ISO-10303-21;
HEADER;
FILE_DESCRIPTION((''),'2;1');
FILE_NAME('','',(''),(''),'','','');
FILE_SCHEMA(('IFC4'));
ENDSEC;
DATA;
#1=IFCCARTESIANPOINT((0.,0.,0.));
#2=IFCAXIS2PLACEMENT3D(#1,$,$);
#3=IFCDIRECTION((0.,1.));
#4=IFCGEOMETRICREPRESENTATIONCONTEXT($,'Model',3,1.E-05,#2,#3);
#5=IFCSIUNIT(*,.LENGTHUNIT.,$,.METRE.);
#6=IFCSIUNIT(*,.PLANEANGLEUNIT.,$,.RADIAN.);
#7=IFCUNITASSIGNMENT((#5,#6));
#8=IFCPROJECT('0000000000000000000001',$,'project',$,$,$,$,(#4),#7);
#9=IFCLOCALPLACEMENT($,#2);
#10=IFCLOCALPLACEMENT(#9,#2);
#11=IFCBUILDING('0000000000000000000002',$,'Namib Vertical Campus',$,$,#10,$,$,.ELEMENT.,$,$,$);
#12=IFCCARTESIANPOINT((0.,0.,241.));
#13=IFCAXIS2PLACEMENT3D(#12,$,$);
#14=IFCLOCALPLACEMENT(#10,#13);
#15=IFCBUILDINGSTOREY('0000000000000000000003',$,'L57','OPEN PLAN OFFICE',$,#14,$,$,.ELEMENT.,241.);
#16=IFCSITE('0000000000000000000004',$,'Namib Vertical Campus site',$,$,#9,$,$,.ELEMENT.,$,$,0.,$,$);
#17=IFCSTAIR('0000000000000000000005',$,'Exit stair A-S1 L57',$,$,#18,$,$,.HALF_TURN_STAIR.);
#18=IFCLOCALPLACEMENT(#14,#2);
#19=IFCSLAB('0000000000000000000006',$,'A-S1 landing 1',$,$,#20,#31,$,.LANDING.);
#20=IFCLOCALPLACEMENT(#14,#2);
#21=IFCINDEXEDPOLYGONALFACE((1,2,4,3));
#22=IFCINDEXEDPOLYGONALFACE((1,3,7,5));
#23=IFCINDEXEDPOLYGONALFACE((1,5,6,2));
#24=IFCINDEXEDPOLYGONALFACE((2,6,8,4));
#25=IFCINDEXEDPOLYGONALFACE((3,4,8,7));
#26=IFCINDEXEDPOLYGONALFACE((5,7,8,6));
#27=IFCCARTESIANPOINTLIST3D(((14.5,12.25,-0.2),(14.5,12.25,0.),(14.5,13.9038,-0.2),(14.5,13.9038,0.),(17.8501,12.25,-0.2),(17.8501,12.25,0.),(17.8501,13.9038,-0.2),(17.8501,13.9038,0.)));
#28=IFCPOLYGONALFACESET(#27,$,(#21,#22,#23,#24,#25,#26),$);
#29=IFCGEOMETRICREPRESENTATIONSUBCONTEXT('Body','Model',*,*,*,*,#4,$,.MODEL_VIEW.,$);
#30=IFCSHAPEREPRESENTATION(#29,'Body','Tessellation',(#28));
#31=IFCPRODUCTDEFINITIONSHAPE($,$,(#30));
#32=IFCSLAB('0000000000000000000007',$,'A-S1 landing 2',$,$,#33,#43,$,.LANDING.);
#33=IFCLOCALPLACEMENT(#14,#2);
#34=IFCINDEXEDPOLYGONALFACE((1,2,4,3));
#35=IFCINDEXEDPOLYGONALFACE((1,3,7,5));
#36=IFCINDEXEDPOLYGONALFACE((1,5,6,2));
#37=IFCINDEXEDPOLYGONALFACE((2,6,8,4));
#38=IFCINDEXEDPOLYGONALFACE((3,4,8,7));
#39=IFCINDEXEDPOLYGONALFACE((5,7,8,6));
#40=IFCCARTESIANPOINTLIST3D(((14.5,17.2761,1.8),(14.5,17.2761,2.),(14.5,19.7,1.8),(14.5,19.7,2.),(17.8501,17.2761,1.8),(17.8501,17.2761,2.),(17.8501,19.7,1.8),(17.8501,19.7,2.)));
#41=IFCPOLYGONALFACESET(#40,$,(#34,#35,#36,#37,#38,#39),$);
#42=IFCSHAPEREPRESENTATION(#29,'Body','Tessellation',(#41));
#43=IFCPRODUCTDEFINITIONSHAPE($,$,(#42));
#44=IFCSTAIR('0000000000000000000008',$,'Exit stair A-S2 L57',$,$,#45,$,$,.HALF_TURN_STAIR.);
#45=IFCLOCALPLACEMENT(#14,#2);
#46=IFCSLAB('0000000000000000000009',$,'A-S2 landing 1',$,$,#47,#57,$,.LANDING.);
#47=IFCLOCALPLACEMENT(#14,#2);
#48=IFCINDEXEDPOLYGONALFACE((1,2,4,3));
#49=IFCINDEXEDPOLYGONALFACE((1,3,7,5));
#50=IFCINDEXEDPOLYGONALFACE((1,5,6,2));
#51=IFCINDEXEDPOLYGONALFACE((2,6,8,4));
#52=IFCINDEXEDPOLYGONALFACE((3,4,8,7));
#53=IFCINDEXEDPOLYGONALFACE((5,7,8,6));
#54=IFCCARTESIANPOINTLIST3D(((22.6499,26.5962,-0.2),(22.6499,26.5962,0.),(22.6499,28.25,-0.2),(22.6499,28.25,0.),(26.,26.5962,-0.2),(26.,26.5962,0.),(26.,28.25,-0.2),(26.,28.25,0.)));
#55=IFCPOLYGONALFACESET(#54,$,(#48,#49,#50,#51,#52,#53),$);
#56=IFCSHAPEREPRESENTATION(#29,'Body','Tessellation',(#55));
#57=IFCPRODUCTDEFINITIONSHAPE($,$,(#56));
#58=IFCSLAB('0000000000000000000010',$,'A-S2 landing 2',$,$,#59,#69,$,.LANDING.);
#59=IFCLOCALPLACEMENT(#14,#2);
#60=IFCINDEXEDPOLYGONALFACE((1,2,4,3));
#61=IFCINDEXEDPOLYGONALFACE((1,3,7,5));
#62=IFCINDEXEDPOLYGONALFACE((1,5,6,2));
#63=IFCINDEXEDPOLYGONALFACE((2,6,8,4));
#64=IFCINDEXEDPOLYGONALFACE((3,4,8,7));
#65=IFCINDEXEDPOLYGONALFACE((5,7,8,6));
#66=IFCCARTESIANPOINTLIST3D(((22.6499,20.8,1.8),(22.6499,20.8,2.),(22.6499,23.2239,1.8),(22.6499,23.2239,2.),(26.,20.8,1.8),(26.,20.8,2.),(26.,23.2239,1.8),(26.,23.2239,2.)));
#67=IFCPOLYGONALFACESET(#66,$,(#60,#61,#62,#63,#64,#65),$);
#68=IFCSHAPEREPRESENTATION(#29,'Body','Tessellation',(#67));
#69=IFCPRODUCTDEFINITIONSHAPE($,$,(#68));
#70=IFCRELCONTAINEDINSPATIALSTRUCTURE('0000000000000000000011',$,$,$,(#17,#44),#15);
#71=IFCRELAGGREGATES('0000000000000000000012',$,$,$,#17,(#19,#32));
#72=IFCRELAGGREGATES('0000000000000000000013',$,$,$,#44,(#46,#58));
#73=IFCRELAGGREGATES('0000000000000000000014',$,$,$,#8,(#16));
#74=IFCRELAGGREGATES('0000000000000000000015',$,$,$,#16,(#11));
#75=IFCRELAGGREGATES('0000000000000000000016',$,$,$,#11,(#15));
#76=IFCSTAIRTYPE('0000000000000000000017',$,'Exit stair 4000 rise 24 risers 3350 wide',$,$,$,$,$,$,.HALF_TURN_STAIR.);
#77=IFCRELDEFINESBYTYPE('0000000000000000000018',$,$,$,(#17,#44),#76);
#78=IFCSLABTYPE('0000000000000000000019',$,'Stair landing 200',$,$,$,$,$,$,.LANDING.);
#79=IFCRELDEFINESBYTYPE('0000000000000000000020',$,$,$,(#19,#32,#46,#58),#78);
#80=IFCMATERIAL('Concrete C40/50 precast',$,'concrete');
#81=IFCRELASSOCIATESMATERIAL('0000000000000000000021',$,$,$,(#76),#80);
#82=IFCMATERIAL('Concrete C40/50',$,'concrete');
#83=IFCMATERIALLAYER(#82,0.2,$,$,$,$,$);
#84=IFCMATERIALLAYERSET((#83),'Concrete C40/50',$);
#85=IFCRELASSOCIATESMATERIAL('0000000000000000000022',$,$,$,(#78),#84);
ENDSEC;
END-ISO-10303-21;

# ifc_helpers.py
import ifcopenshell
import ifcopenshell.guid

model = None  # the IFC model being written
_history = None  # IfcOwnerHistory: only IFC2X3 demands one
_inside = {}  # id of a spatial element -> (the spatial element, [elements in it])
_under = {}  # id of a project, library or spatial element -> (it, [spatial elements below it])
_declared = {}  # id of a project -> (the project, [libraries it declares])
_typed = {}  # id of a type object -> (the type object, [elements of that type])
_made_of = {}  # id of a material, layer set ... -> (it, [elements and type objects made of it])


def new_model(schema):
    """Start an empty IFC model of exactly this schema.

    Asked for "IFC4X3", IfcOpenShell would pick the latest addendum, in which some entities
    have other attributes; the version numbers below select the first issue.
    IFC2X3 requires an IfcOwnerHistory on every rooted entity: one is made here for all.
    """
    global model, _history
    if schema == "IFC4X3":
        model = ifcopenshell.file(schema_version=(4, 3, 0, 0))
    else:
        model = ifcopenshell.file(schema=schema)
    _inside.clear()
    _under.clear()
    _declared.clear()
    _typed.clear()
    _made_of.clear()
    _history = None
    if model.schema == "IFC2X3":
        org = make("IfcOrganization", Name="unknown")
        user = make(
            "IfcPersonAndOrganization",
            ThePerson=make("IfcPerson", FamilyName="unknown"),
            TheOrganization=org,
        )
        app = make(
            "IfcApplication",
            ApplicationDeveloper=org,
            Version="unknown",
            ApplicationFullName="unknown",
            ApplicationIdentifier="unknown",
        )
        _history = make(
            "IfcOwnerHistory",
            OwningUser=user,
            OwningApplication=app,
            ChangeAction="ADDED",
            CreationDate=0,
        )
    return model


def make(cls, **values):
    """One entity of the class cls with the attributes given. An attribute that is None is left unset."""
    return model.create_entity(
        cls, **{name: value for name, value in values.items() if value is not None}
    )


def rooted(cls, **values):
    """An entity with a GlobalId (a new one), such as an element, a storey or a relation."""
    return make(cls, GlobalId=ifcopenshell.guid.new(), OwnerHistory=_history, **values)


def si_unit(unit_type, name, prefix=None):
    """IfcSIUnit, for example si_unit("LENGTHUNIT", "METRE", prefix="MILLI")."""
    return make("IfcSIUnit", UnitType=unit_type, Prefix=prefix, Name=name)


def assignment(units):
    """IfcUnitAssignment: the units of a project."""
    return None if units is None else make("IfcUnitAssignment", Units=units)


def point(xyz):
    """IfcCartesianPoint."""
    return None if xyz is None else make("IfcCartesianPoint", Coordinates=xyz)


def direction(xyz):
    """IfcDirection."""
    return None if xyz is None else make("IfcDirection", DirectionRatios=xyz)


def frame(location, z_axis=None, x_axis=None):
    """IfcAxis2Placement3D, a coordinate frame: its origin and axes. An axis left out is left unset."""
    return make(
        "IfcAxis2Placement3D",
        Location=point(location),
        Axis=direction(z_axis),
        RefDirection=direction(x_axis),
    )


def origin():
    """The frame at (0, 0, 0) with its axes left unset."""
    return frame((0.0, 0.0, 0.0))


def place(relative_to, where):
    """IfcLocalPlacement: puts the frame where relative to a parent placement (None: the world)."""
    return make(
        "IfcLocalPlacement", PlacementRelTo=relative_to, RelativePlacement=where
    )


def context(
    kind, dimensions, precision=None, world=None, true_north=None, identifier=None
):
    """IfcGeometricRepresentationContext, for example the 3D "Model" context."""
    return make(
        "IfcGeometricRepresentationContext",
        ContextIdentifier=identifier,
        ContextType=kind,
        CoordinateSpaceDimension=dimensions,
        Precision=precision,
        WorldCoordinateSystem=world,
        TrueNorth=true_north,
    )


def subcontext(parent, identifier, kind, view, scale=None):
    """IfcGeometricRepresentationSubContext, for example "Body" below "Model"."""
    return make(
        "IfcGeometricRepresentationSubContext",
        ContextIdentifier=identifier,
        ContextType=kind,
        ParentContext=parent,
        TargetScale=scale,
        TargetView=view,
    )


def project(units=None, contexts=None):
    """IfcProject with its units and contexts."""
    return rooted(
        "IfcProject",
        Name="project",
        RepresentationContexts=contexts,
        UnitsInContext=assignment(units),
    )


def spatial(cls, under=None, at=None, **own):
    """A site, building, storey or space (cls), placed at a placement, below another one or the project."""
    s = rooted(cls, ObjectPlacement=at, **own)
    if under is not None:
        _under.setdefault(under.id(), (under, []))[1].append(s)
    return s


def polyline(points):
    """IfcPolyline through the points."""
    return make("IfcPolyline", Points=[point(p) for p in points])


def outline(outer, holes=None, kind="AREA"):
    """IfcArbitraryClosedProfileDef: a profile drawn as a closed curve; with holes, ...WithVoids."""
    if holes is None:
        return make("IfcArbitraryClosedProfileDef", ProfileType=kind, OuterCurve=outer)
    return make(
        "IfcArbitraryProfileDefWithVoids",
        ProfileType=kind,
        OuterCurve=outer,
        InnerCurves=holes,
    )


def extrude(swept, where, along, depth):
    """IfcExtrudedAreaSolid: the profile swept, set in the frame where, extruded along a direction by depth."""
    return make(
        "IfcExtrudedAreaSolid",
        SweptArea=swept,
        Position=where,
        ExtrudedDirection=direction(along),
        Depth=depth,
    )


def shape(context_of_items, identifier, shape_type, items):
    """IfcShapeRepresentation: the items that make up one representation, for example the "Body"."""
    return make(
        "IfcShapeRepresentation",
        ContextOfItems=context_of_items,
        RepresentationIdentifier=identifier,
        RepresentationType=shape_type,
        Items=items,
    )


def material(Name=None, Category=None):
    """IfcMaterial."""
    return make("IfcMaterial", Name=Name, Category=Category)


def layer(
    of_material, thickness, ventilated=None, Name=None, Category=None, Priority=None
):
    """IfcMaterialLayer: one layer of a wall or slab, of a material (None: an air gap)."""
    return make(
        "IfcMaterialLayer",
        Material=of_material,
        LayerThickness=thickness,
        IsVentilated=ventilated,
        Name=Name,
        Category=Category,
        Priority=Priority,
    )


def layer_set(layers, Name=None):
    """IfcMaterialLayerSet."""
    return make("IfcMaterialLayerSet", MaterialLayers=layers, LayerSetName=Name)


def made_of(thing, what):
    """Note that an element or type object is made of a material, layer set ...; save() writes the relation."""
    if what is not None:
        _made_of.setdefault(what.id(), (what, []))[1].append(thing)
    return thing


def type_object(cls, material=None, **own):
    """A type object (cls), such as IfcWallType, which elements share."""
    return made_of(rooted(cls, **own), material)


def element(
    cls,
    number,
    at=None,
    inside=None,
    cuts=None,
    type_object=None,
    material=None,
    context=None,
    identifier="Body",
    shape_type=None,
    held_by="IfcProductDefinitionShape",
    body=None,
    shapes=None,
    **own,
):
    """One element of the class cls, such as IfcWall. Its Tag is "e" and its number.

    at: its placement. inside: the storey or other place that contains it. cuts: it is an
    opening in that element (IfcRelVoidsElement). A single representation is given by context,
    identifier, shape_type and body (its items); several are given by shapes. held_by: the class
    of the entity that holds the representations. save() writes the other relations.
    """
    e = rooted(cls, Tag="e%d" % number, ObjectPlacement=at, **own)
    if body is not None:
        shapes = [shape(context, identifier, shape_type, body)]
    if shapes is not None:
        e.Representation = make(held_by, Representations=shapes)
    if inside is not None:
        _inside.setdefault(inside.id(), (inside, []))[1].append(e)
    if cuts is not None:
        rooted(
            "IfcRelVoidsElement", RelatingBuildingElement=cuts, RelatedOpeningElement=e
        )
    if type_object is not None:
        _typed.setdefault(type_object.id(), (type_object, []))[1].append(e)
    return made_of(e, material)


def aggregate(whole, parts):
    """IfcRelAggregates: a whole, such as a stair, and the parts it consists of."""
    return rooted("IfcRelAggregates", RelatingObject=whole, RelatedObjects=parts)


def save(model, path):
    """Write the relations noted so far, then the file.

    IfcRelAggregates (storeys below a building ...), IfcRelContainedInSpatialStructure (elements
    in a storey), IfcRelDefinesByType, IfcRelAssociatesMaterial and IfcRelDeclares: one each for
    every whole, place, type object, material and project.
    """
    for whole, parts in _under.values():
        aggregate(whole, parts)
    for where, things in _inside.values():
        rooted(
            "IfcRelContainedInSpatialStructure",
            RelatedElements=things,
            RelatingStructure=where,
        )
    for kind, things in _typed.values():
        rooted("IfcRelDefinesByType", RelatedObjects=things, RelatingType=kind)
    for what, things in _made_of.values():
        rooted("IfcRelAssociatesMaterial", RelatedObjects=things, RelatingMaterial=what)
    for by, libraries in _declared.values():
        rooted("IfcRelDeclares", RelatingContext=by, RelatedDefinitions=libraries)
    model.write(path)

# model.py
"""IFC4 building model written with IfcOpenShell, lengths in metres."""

from ifc_helpers import new_model, si_unit, direction, frame, origin, place, context, subcontext, project, spatial, polyline, outline, extrude, material, layer, layer_set, type_object, element, aggregate, save


model = new_model("IFC4")

# Units and contexts
model_context = context("Model", 3, precision=1e-05, world=origin(), true_north=direction((0.0, 1.0)))
body_context = subcontext(model_context, "Body", "Model", "MODEL_VIEW")
ifc_project = project(units=[si_unit("LENGTHUNIT", "METRE"), si_unit("PLANEANGLEUNIT", "RADIAN")], contexts=[model_context])

# Site, building, storey
site_placement = place(None, origin())
site = spatial("IfcSite", under=ifc_project, at=site_placement, Name="Namib Vertical Campus site", CompositionType="ELEMENT", RefElevation=0.0)
building_placement = place(site_placement, origin())
building = spatial("IfcBuilding", under=site, at=building_placement, Name="Namib Vertical Campus", CompositionType="ELEMENT")
storey_placement = place(building_placement, frame((0.0, 0.0, 241.0)))
storey = spatial("IfcBuildingStorey", under=building, at=storey_placement, Name="L57", Description="OPEN PLAN OFFICE", CompositionType="ELEMENT", Elevation=241.0)

# Stairs, slabs
ifc_material_1 = material(Name="Concrete C40/50 precast", Category="concrete")
stair_type = type_object("IfcStairType", Name="Exit stair 4000 rise 24 risers 3350 wide", PredefinedType="HALF_TURN_STAIR", material=ifc_material_1)
stair_1_placement = place(storey_placement, origin())
stair_1 = element("IfcStair", 1, at=stair_1_placement, inside=storey, type_object=stair_type, Name="Exit stair A-S1 L57", PredefinedType="HALF_TURN_STAIR")
ifc_material_2 = material(Name="Concrete C40/50", Category="concrete")
ifc_layer_1 = layer(ifc_material_2, 0.2)
ifc_layer_set_1 = layer_set([ifc_layer_1], Name="Concrete C40/50")
slab_type_1 = type_object("IfcSlabType", Name="Stair landing 200", PredefinedType="LANDING", material=ifc_layer_set_1)
slab_1_placement = place(storey_placement, frame((0.0, 0.0, -0.2)))
slab_1 = element("IfcSlab", 2, at=slab_1_placement, type_object=slab_type_1, Name="A-S1 landing 1", PredefinedType="LANDING", context=body_context, shape_type="SweptSolid", body=[
    extrude(outline(polyline([(14.5, 12.25), (17.8501, 12.25), (17.8501, 13.9038), (14.5, 13.9038), (14.5, 12.25)])), origin(), (0.0, 0.0, 1.0), 0.2),
])
slab_2_placement = place(storey_placement, frame((0.0, 0.0, 1.8)))
slab_2 = element("IfcSlab", 3, at=slab_2_placement, type_object=slab_type_1, Name="A-S1 landing 2", PredefinedType="LANDING", context=body_context, shape_type="SweptSolid", body=[
    extrude(outline(polyline([(14.5, 17.2761), (17.8501, 17.2761), (17.8501, 19.7), (14.5, 19.7), (14.5, 17.2761)])), origin(), (0.0, 0.0, 1.0), 0.2),
])
aggregate(stair_1, [slab_1, slab_2])
stair_2_placement = place(storey_placement, origin())
stair_2 = element("IfcStair", 4, at=stair_2_placement, inside=storey, type_object=stair_type, Name="Exit stair A-S2 L57", PredefinedType="HALF_TURN_STAIR")
slab_3_placement = place(storey_placement, frame((0.0, 0.0, -0.2)))
slab_3 = element("IfcSlab", 5, at=slab_3_placement, type_object=slab_type_1, Name="A-S2 landing 1", PredefinedType="LANDING", context=body_context, shape_type="SweptSolid", body=[
    extrude(outline(polyline([(22.6499, 26.5962), (26.0, 26.5962), (26.0, 28.25), (22.6499, 28.25), (22.6499, 26.5962)])), origin(), (0.0, 0.0, 1.0), 0.2),
])
slab_4_placement = place(storey_placement, frame((0.0, 0.0, 1.8)))
slab_4 = element("IfcSlab", 6, at=slab_4_placement, type_object=slab_type_1, Name="A-S2 landing 2", PredefinedType="LANDING", context=body_context, shape_type="SweptSolid", body=[
    extrude(outline(polyline([(22.6499, 20.8), (26.0, 20.8), (26.0, 23.2239), (22.6499, 23.2239), (22.6499, 20.8)])), origin(), (0.0, 0.0, 1.0), 0.2),
])
aggregate(stair_2, [slab_3, slab_4])

save(model, "model.ifc")
